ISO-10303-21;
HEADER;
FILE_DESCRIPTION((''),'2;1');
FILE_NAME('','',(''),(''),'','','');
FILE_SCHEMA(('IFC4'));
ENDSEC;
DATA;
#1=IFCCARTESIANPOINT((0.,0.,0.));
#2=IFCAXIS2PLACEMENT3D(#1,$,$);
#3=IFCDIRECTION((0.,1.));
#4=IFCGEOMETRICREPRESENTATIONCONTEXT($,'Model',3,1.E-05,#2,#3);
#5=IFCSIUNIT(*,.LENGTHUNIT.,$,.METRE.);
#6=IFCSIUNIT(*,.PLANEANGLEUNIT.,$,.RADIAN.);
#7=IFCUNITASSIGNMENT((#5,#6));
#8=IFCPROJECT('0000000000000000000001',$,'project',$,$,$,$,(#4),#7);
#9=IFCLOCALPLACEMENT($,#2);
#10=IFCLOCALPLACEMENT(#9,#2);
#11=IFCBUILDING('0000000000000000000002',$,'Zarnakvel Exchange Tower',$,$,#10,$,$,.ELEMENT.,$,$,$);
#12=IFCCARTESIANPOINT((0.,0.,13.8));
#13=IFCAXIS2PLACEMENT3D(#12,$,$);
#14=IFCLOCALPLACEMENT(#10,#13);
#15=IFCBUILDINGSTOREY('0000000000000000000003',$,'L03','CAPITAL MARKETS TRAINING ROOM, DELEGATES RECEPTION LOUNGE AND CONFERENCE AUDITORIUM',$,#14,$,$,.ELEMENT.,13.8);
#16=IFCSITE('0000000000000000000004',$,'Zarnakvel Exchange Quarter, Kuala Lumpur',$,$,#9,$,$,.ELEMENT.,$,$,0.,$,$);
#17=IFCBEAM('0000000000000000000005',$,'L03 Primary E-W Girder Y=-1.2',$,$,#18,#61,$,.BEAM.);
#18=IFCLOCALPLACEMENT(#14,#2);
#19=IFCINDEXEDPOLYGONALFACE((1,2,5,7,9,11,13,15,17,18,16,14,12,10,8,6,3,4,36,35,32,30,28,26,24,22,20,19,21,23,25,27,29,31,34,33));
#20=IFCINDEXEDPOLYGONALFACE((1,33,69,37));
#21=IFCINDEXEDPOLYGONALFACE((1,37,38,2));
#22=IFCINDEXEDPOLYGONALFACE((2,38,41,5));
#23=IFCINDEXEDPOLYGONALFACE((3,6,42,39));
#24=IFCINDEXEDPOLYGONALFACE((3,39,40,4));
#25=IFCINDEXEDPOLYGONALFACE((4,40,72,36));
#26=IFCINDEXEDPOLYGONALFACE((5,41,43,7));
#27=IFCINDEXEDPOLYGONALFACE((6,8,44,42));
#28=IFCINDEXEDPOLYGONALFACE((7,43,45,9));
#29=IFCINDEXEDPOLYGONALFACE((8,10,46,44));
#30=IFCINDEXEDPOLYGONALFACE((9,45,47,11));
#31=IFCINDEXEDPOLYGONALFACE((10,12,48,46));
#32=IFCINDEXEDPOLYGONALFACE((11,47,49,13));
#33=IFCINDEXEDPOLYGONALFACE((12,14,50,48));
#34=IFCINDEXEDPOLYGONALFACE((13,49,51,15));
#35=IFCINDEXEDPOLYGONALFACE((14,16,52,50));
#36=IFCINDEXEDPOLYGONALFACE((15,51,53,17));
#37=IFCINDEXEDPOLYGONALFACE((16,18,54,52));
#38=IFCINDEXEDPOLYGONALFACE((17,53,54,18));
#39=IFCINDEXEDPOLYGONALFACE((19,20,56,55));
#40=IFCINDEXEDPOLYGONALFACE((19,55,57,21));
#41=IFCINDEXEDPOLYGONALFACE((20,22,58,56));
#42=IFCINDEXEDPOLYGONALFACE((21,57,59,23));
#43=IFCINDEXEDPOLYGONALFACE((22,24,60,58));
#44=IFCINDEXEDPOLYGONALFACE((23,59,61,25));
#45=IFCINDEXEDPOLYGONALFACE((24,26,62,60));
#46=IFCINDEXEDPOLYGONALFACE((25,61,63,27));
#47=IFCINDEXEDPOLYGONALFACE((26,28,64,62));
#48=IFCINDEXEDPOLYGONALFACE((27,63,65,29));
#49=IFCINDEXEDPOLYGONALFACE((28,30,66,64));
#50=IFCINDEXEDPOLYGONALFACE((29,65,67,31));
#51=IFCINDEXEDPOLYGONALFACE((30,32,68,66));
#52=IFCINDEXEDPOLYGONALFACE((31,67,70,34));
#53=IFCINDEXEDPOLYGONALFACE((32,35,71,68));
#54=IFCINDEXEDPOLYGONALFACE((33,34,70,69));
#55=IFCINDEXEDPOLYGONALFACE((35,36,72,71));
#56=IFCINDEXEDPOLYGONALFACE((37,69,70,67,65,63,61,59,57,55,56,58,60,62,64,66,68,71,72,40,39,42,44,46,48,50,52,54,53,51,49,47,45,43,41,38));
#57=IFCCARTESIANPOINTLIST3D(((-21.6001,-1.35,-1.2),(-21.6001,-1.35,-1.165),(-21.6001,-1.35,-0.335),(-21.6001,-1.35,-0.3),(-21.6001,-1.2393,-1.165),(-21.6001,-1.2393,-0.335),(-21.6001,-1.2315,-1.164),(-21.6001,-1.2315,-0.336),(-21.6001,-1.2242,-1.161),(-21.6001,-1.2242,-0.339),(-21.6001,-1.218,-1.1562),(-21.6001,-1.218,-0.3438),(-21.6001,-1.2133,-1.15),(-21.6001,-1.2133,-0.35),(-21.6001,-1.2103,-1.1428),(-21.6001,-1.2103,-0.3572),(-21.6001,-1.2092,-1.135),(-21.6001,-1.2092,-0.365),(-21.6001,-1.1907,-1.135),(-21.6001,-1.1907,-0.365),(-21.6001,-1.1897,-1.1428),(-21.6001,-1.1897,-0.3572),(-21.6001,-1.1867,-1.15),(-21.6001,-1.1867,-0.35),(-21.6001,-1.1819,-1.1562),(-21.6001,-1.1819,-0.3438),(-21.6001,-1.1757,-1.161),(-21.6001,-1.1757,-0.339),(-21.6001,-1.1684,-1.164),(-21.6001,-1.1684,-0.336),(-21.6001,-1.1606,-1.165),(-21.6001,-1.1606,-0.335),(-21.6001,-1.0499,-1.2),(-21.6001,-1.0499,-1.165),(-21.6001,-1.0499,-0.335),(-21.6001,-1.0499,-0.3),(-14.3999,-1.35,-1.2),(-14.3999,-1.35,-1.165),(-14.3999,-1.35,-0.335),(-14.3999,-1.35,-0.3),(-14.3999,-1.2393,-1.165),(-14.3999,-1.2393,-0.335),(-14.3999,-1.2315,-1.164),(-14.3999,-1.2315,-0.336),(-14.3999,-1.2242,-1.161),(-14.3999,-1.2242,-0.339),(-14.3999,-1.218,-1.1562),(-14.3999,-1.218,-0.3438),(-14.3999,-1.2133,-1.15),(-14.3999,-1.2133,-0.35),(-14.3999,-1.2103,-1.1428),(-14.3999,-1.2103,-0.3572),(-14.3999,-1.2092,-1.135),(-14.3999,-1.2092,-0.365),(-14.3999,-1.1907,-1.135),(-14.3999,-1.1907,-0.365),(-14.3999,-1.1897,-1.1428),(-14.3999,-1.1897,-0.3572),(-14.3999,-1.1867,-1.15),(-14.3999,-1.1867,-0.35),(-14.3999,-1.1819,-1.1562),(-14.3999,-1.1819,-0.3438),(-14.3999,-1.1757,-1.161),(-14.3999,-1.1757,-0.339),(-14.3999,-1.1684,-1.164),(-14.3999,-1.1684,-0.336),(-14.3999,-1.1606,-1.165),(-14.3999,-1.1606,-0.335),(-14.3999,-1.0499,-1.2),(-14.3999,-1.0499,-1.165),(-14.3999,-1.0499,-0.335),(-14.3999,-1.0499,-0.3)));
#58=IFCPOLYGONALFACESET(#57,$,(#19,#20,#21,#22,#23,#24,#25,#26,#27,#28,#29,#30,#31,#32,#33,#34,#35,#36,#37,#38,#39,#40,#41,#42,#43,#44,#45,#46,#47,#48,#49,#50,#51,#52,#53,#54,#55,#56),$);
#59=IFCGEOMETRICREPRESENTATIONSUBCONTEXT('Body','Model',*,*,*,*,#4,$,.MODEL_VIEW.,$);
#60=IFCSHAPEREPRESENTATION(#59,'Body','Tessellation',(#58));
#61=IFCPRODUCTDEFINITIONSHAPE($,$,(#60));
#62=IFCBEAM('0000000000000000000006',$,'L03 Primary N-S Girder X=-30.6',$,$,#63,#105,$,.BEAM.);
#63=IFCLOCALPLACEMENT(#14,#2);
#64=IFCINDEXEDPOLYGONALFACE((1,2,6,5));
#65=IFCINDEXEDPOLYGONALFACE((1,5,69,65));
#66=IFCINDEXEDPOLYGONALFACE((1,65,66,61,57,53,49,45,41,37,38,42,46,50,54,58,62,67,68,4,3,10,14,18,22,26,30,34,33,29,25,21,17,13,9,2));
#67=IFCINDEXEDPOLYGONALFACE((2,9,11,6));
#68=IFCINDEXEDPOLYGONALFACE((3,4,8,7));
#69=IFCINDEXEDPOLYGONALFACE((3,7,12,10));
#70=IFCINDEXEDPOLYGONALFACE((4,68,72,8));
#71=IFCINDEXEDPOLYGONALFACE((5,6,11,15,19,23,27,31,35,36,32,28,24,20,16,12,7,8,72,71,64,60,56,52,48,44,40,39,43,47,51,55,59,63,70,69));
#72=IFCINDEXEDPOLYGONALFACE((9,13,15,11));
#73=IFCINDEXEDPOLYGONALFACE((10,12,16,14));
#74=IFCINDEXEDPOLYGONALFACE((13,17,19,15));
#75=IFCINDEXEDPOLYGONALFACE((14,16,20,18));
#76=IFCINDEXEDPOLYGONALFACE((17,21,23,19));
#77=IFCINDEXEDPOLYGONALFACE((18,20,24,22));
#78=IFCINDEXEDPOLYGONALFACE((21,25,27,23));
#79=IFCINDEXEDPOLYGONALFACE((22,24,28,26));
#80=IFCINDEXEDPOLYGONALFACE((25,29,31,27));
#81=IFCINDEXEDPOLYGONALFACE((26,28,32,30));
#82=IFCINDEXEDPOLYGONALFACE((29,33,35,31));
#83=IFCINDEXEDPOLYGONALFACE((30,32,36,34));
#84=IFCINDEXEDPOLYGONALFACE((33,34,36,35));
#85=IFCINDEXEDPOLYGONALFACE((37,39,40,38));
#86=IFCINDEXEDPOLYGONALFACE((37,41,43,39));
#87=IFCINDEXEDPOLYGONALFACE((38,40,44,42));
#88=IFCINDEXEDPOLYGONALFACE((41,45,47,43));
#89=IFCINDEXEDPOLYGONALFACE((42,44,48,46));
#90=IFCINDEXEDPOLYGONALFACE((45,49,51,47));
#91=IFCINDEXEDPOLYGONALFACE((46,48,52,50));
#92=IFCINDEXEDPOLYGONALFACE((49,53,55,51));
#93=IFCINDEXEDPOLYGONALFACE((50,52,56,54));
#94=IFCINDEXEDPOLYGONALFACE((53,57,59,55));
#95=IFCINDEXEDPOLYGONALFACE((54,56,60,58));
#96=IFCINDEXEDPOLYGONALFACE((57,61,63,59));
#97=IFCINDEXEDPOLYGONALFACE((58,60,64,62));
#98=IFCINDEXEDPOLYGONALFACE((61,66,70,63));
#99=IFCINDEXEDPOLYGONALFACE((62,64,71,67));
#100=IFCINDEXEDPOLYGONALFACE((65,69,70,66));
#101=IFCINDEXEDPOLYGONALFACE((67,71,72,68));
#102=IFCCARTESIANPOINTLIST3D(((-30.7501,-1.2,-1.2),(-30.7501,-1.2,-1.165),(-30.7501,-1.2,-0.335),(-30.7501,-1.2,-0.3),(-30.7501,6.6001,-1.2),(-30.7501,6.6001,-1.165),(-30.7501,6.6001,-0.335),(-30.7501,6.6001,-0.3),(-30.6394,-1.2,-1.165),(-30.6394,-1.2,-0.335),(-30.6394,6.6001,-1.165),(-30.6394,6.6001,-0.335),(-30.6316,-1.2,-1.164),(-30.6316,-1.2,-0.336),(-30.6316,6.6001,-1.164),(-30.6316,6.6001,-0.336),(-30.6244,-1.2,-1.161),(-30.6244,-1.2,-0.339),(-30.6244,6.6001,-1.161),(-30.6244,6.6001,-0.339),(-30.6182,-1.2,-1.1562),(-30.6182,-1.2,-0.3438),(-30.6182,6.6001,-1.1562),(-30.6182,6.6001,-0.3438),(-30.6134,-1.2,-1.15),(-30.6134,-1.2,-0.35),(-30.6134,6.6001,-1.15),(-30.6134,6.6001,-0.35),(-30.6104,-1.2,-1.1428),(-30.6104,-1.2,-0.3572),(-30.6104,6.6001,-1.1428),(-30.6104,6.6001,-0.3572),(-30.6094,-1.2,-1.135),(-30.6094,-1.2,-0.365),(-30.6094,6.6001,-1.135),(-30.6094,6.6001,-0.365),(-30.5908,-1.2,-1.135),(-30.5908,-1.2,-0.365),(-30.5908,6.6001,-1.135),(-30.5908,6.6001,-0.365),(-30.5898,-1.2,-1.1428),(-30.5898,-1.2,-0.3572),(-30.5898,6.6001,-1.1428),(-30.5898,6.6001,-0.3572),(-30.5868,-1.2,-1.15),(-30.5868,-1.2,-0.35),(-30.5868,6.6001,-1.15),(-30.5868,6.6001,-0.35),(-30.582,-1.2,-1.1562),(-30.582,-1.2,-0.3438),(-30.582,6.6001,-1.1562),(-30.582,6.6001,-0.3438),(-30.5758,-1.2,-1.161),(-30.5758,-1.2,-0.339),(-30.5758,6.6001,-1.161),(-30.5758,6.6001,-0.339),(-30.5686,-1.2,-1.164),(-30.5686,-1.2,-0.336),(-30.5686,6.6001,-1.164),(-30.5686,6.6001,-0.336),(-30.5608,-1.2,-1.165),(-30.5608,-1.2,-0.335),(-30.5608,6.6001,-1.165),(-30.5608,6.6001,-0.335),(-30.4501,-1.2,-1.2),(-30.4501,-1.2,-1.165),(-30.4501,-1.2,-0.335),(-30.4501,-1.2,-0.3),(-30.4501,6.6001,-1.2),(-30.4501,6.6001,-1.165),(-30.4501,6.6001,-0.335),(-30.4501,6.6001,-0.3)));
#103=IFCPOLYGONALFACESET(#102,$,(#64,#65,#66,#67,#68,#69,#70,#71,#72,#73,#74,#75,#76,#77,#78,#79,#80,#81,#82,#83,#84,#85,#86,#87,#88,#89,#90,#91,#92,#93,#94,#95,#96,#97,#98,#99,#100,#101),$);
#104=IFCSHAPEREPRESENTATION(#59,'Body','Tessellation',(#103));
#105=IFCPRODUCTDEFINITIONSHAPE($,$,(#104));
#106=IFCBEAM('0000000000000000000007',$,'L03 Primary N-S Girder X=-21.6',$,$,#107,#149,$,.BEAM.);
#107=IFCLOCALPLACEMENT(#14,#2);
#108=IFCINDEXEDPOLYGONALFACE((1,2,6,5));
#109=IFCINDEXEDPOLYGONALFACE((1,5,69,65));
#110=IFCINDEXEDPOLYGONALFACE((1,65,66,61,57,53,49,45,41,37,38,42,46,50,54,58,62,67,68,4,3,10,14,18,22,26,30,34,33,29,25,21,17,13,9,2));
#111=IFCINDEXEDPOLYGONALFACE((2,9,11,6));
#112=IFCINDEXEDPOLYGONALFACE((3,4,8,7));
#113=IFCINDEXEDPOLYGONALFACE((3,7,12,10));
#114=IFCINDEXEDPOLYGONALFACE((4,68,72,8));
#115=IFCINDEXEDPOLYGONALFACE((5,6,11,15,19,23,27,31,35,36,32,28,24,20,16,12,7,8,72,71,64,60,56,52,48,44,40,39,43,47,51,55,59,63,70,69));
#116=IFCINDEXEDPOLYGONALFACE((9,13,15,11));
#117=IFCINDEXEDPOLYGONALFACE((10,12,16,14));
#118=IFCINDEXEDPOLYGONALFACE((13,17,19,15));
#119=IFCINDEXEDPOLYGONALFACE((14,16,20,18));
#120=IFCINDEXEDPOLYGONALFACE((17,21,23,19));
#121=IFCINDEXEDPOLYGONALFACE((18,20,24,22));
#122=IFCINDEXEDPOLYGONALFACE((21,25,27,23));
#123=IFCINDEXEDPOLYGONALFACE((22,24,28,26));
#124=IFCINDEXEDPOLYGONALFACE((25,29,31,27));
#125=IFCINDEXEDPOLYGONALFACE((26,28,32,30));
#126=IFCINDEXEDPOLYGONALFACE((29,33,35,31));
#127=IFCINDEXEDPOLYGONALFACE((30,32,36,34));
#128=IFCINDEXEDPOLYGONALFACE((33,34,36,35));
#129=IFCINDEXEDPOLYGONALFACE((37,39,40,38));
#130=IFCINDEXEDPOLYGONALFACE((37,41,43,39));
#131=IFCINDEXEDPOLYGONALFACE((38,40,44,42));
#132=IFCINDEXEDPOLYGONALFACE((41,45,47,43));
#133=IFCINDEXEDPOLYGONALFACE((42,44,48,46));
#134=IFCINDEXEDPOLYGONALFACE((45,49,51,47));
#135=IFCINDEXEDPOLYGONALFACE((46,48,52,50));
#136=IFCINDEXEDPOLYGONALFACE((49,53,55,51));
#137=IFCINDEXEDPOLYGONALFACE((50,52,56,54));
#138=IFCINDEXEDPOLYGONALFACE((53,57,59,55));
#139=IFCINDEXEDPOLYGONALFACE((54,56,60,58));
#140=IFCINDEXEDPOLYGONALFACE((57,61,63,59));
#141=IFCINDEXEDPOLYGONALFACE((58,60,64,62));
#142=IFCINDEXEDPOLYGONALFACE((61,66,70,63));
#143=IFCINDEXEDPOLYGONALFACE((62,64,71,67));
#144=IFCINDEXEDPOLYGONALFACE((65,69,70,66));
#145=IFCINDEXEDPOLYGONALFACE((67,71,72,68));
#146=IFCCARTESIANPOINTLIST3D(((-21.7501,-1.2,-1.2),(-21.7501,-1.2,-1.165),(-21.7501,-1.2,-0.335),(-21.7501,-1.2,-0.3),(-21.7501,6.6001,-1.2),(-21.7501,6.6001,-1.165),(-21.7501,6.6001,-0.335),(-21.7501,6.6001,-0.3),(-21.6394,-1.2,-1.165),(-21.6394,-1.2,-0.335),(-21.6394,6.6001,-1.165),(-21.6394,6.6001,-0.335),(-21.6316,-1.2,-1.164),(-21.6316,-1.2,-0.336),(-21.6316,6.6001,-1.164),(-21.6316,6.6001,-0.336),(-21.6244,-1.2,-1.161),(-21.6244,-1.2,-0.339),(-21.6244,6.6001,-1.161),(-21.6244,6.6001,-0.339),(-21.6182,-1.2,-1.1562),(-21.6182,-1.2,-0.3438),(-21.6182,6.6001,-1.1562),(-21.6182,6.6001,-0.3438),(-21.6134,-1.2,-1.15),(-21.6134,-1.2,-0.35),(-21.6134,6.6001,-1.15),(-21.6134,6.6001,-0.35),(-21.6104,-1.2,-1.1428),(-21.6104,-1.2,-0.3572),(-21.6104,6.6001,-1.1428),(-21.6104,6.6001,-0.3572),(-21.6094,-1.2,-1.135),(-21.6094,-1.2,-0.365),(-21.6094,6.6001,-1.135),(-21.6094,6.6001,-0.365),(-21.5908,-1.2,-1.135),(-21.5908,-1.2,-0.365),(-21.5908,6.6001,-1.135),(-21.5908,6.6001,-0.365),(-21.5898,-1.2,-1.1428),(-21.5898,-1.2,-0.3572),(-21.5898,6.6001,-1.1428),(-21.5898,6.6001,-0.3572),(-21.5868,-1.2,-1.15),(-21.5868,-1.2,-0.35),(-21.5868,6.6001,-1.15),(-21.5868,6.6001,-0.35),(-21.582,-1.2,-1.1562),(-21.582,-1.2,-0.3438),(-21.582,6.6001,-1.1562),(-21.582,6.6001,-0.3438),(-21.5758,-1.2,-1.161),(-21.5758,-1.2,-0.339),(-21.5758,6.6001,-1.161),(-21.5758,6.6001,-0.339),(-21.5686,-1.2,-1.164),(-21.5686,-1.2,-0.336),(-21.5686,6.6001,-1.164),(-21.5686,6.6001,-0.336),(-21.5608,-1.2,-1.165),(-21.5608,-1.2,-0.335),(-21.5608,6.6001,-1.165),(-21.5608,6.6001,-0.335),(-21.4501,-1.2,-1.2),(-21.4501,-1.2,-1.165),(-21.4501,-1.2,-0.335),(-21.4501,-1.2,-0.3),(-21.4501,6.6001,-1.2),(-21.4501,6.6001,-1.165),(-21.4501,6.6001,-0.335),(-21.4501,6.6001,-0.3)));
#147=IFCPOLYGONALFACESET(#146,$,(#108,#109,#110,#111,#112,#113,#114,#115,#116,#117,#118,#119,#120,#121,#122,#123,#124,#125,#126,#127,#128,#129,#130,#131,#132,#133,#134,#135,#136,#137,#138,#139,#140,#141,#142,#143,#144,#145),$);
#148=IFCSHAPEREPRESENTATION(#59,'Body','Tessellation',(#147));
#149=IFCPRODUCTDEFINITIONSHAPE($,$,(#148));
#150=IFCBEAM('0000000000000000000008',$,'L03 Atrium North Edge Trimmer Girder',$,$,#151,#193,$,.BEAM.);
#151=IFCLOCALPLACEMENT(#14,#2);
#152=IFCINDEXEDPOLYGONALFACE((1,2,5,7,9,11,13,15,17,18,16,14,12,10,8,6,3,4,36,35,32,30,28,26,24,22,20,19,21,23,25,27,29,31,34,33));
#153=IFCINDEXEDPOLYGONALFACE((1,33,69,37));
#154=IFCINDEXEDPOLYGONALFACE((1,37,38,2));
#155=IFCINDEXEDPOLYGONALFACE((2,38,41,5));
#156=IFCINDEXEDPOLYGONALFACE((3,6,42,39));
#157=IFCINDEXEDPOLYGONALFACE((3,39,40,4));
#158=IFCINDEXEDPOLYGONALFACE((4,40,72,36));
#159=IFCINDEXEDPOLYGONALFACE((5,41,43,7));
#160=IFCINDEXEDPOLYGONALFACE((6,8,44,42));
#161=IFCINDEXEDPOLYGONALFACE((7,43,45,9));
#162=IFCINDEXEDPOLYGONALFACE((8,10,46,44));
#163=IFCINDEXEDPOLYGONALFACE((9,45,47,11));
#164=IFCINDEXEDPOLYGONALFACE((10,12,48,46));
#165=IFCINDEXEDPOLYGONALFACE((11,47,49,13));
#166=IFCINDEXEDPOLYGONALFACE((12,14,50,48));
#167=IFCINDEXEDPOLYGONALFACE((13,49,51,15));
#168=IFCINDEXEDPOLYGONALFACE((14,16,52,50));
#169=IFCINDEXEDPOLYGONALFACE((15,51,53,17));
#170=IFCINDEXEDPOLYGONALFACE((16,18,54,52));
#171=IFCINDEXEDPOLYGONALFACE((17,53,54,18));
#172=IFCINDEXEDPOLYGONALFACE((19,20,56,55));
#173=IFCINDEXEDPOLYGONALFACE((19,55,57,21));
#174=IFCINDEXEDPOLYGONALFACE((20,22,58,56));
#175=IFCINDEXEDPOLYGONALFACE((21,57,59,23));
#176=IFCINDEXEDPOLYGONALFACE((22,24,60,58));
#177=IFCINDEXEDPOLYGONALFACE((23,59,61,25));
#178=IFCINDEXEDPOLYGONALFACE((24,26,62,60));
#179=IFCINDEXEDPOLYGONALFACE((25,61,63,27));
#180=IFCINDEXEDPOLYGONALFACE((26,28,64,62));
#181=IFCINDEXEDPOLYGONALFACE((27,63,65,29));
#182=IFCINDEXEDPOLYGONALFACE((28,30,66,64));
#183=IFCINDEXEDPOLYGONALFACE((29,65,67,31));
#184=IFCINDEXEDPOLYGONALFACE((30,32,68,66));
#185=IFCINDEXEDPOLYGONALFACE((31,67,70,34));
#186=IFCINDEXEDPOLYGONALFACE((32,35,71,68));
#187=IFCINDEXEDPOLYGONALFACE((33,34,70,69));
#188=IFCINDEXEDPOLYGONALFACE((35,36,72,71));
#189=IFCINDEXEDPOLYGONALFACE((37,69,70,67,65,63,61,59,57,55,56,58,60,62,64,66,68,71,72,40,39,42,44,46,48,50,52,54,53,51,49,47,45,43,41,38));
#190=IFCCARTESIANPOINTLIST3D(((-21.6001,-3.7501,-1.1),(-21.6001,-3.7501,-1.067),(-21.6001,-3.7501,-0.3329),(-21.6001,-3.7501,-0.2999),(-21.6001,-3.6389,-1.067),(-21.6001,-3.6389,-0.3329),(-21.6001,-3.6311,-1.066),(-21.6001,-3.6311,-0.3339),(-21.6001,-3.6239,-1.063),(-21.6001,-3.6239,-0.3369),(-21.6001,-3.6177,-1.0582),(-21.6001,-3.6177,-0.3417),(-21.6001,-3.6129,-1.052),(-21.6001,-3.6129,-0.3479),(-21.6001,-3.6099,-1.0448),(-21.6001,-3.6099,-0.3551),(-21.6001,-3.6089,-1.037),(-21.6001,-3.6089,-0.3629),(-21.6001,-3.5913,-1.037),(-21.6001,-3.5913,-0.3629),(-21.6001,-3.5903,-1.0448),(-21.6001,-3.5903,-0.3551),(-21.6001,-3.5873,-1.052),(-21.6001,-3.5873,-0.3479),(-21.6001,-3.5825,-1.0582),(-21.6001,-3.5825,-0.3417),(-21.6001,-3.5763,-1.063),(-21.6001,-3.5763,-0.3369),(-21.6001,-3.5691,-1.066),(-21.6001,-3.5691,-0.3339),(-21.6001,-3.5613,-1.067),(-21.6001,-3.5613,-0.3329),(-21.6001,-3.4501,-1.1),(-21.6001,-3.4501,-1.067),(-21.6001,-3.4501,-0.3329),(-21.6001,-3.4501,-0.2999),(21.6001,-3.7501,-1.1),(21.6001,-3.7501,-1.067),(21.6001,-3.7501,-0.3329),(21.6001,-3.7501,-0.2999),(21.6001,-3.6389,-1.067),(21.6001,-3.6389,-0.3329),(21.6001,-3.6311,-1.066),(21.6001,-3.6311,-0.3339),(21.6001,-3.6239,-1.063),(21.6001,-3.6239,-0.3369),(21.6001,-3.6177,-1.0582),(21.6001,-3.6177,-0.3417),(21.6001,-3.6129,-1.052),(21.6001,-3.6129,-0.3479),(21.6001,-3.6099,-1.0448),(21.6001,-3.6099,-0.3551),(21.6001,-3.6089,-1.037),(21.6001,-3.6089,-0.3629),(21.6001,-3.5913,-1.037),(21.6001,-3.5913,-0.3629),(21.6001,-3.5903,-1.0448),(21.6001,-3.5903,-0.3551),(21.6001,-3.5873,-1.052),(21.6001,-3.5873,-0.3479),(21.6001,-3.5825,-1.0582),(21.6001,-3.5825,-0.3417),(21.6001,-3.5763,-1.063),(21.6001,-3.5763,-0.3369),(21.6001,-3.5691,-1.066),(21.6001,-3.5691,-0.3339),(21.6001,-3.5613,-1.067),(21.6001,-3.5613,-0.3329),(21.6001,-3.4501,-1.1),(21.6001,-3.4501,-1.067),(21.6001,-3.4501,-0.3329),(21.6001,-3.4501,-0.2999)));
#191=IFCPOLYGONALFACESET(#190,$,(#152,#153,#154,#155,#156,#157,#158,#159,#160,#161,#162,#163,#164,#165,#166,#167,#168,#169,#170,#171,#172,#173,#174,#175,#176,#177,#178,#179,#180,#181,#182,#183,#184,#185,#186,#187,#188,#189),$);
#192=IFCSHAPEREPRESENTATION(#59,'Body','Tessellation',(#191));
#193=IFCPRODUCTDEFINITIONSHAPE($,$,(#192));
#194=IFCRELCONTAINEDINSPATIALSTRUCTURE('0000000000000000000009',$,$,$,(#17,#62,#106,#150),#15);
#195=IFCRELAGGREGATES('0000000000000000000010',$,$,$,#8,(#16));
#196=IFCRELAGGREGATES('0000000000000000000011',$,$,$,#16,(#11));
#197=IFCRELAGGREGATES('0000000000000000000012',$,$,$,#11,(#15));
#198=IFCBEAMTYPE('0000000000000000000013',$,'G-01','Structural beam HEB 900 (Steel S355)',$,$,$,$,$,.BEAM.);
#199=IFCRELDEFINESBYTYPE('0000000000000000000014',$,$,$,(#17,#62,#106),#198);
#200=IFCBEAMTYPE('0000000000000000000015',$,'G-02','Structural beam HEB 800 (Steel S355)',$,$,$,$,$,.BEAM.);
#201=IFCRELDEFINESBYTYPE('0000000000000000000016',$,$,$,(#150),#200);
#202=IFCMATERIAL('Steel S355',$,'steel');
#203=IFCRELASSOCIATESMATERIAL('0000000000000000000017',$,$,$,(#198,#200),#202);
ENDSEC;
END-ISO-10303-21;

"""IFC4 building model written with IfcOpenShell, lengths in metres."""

from ifc_helpers import new_model, si_unit, direction, frame, origin, origin_2d, place, context, subcontext, project, spatial, i_section, extrude, material, material_profile, profile_set, type_object, element, save


model = new_model("IFC4")

# Units and contexts
model_context = context("Model", 3, precision=1e-05, world=origin(), true_north=direction((0.0, 1.0)))
body_context = subcontext(model_context, "Body", "Model", "MODEL_VIEW")
ifc_project = project(units=[si_unit("LENGTHUNIT", "METRE"), si_unit("PLANEANGLEUNIT", "RADIAN")], contexts=[model_context])

# Site, building, storey
site_placement = place(None, origin())
site = spatial("IfcSite", under=ifc_project, at=site_placement, Name="Zarnakvel Exchange Quarter, Kuala Lumpur", CompositionType="ELEMENT", RefElevation=0.0)
building_placement = place(site_placement, origin())
building = spatial("IfcBuilding", under=site, at=building_placement, Name="Zarnakvel Exchange Tower", CompositionType="ELEMENT")
storey_placement = place(building_placement, frame((0.0, 0.0, 13.8)))
storey = spatial("IfcBuildingStorey", under=building, at=storey_placement, Name="L03", Description="CAPITAL MARKETS TRAINING ROOM, DELEGATES RECEPTION LOUNGE AND CONFERENCE AUDITORIUM", CompositionType="ELEMENT", Elevation=13.8)

# Beams
ifc_material_1 = material(Name="Steel S355", Category="steel")
ifc_material_profile_1 = material_profile(ifc_material_1, i_section(OverallWidth=0.3, OverallDepth=0.8999, WebThickness=0.0186, FlangeThickness=0.0349, FilletRadius=0.03, at=origin_2d()))
ifc_profile_set_1 = profile_set([ifc_material_profile_1], Name="Steel S355")
beam_type_1 = type_object("IfcBeamType", Name="G-01", Description="Structural beam HEB 900 (Steel S355)", PredefinedType="BEAM", material=ifc_profile_set_1)
beam_1_placement = place(storey_placement, frame((-21.6001, -1.2, -0.75), z_axis=(1.0, 0.0, 0.0), x_axis=(0.0, 1.0, 0.0)))
element("IfcBeam", 1, at=beam_1_placement, inside=storey, type_object=beam_type_1, Name="L03 Primary E-W Girder Y=-1.2", PredefinedType="BEAM", context=body_context, shape_type="SweptSolid", body=[
    extrude(i_section(OverallWidth=0.3, OverallDepth=0.8999, WebThickness=0.0186, FlangeThickness=0.0349, FilletRadius=0.03, at=origin_2d()), origin(), (0.0, 0.0, 1.0), 7.2002),
])
for number, where, z_axis, x_axis, name in (
    (2, (-30.6001, -1.2, -0.75), (0.0, 1.0, 0.0), (-1.0, 0.0, 0.0), "L03 Primary N-S Girder X=-30.6"),
    (3, (-21.6001, -1.2, -0.75), (0.0, 1.0, 0.0), (-1.0, 0.0, 0.0), "L03 Primary N-S Girder X=-21.6"),
):
    element("IfcBeam", number, at=place(storey_placement, frame(where, z_axis=z_axis, x_axis=x_axis)), inside=storey, type_object=beam_type_1, Name=name, PredefinedType="BEAM", context=body_context, shape_type="SweptSolid", body=[
        extrude(i_section(OverallWidth=0.3, OverallDepth=0.8999, WebThickness=0.0186, FlangeThickness=0.0349, FilletRadius=0.03, at=origin_2d()), origin(), (0.0, 0.0, 1.0), 7.8),
    ])
ifc_material_profile_2 = material_profile(ifc_material_1, i_section(OverallWidth=0.3, OverallDepth=0.8, WebThickness=0.0176, FlangeThickness=0.033, FilletRadius=0.03, at=origin_2d()))
ifc_profile_set_2 = profile_set([ifc_material_profile_2], Name="Steel S355")
beam_type_2 = type_object("IfcBeamType", Name="G-02", Description="Structural beam HEB 800 (Steel S355)", PredefinedType="BEAM", material=ifc_profile_set_2)
beam_2_placement = place(storey_placement, frame((-21.6001, -3.6001, -0.7), z_axis=(1.0, 0.0, 0.0), x_axis=(0.0, 1.0, 0.0)))
element("IfcBeam", 4, at=beam_2_placement, inside=storey, type_object=beam_type_2, Name="L03 Atrium North Edge Trimmer Girder", PredefinedType="BEAM", context=body_context, shape_type="SweptSolid", body=[
    extrude(i_section(OverallWidth=0.3, OverallDepth=0.8, WebThickness=0.0176, FlangeThickness=0.033, FilletRadius=0.03, at=origin_2d()), origin(), (0.0, 0.0, 1.0), 43.2002),
])

save(model, "model.ifc")
